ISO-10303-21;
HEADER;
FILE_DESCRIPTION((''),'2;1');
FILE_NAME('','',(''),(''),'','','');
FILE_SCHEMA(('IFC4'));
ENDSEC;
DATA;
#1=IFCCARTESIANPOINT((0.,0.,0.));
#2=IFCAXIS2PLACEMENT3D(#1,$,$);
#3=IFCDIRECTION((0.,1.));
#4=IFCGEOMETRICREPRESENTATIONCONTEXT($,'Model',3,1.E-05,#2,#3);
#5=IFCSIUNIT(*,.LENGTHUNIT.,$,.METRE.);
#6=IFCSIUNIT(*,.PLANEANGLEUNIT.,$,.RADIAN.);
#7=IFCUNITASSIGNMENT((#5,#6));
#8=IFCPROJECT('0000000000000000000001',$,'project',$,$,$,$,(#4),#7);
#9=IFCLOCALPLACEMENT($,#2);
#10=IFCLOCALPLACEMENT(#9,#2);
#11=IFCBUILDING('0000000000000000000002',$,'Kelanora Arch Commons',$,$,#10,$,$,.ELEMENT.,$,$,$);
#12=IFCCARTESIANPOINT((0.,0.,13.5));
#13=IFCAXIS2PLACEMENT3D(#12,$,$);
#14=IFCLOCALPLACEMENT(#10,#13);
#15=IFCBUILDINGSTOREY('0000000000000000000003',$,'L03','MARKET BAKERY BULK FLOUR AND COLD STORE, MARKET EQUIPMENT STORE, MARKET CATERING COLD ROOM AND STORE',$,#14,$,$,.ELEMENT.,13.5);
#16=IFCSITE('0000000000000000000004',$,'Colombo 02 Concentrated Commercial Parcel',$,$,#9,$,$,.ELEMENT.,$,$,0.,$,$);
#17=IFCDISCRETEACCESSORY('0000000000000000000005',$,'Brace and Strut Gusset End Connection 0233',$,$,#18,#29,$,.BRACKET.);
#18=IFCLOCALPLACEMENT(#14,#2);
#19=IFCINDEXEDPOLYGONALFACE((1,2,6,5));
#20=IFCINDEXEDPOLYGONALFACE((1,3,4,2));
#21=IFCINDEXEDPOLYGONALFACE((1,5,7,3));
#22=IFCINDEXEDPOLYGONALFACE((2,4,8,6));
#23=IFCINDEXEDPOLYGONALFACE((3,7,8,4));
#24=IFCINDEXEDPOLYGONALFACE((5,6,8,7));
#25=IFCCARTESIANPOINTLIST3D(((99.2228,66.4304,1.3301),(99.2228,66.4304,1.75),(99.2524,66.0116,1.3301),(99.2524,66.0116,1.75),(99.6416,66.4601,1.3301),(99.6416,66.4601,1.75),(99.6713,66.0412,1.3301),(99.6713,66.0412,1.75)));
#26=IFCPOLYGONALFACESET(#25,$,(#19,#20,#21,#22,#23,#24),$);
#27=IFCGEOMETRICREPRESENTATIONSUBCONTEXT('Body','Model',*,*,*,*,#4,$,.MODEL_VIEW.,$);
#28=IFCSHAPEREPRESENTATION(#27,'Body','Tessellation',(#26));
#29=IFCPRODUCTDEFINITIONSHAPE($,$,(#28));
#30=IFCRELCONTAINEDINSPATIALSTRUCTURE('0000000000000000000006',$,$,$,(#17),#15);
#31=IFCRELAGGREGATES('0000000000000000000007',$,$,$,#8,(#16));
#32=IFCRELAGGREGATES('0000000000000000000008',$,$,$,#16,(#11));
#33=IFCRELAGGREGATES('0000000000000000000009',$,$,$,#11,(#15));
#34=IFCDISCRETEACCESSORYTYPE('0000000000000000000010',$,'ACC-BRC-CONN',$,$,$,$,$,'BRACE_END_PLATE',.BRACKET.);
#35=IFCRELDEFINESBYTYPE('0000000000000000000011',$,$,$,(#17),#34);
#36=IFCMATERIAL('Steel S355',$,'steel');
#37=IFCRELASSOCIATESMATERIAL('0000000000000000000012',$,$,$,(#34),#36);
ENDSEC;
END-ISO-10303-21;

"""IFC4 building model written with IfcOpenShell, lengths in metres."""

from ifc_helpers import new_model, si_unit, direction, frame, origin, origin_2d, place, context, subcontext, project, spatial, rectangle, extrude, source, transform, mapped, material, type_object, element, save


model = new_model("IFC4")

# Units and contexts
model_context = context("Model", 3, precision=1e-05, world=origin(), true_north=direction((0.0, 1.0)))
body_context = subcontext(model_context, "Body", "Model", "MODEL_VIEW")
ifc_project = project(units=[si_unit("LENGTHUNIT", "METRE"), si_unit("PLANEANGLEUNIT", "RADIAN")], contexts=[model_context])

# Site, building, storey
site_placement = place(None, origin())
site = spatial("IfcSite", under=ifc_project, at=site_placement, Name="Colombo 02 Concentrated Commercial Parcel", CompositionType="ELEMENT", RefElevation=0.0)
building_placement = place(site_placement, origin())
building = spatial("IfcBuilding", under=site, at=building_placement, Name="Kelanora Arch Commons", CompositionType="ELEMENT")
storey_placement = place(building_placement, frame((0.0, 0.0, 13.5)))
storey = spatial("IfcBuildingStorey", under=building, at=storey_placement, Name="L03", Description="MARKET BAKERY BULK FLOUR AND COLD STORE, MARKET EQUIPMENT STORE, MARKET CATERING COLD ROOM AND STORE", CompositionType="ELEMENT", Elevation=13.5)

# Shared definitions
ifc_material_1 = material(Name="Steel S355", Category="steel")

# Discrete accessory
discrete_accessory_type = type_object("IfcDiscreteAccessoryType", Name="ACC-BRC-CONN", ElementType="BRACE_END_PLATE", PredefinedType="BRACKET", material=ifc_material_1)
shared_shape_1 = source(origin(), body_context, "Body", "SweptSolid", [
    extrude(rectangle(XDim=0.4199, YDim=0.4199, at=origin_2d()), origin(), (0.0, 0.0, 1.0), 0.4199),
])
discrete_accessory_placement = place(storey_placement, frame((99.447, 66.2358, 1.3301), z_axis=(0.0, 0.0, 1.0), x_axis=(0.997503, 0.070627, 0.0)))
element("IfcDiscreteAccessory", 1, at=discrete_accessory_placement, inside=storey, type_object=discrete_accessory_type, Name="Brace and Strut Gusset End Connection 0233", PredefinedType="BRACKET", context=body_context, shape_type="MappedRepresentation", body=[
    mapped(shared_shape_1, transform((0.0, 0.0, 0.0), scale=1.0)),
])

save(model, "model.ifc")
